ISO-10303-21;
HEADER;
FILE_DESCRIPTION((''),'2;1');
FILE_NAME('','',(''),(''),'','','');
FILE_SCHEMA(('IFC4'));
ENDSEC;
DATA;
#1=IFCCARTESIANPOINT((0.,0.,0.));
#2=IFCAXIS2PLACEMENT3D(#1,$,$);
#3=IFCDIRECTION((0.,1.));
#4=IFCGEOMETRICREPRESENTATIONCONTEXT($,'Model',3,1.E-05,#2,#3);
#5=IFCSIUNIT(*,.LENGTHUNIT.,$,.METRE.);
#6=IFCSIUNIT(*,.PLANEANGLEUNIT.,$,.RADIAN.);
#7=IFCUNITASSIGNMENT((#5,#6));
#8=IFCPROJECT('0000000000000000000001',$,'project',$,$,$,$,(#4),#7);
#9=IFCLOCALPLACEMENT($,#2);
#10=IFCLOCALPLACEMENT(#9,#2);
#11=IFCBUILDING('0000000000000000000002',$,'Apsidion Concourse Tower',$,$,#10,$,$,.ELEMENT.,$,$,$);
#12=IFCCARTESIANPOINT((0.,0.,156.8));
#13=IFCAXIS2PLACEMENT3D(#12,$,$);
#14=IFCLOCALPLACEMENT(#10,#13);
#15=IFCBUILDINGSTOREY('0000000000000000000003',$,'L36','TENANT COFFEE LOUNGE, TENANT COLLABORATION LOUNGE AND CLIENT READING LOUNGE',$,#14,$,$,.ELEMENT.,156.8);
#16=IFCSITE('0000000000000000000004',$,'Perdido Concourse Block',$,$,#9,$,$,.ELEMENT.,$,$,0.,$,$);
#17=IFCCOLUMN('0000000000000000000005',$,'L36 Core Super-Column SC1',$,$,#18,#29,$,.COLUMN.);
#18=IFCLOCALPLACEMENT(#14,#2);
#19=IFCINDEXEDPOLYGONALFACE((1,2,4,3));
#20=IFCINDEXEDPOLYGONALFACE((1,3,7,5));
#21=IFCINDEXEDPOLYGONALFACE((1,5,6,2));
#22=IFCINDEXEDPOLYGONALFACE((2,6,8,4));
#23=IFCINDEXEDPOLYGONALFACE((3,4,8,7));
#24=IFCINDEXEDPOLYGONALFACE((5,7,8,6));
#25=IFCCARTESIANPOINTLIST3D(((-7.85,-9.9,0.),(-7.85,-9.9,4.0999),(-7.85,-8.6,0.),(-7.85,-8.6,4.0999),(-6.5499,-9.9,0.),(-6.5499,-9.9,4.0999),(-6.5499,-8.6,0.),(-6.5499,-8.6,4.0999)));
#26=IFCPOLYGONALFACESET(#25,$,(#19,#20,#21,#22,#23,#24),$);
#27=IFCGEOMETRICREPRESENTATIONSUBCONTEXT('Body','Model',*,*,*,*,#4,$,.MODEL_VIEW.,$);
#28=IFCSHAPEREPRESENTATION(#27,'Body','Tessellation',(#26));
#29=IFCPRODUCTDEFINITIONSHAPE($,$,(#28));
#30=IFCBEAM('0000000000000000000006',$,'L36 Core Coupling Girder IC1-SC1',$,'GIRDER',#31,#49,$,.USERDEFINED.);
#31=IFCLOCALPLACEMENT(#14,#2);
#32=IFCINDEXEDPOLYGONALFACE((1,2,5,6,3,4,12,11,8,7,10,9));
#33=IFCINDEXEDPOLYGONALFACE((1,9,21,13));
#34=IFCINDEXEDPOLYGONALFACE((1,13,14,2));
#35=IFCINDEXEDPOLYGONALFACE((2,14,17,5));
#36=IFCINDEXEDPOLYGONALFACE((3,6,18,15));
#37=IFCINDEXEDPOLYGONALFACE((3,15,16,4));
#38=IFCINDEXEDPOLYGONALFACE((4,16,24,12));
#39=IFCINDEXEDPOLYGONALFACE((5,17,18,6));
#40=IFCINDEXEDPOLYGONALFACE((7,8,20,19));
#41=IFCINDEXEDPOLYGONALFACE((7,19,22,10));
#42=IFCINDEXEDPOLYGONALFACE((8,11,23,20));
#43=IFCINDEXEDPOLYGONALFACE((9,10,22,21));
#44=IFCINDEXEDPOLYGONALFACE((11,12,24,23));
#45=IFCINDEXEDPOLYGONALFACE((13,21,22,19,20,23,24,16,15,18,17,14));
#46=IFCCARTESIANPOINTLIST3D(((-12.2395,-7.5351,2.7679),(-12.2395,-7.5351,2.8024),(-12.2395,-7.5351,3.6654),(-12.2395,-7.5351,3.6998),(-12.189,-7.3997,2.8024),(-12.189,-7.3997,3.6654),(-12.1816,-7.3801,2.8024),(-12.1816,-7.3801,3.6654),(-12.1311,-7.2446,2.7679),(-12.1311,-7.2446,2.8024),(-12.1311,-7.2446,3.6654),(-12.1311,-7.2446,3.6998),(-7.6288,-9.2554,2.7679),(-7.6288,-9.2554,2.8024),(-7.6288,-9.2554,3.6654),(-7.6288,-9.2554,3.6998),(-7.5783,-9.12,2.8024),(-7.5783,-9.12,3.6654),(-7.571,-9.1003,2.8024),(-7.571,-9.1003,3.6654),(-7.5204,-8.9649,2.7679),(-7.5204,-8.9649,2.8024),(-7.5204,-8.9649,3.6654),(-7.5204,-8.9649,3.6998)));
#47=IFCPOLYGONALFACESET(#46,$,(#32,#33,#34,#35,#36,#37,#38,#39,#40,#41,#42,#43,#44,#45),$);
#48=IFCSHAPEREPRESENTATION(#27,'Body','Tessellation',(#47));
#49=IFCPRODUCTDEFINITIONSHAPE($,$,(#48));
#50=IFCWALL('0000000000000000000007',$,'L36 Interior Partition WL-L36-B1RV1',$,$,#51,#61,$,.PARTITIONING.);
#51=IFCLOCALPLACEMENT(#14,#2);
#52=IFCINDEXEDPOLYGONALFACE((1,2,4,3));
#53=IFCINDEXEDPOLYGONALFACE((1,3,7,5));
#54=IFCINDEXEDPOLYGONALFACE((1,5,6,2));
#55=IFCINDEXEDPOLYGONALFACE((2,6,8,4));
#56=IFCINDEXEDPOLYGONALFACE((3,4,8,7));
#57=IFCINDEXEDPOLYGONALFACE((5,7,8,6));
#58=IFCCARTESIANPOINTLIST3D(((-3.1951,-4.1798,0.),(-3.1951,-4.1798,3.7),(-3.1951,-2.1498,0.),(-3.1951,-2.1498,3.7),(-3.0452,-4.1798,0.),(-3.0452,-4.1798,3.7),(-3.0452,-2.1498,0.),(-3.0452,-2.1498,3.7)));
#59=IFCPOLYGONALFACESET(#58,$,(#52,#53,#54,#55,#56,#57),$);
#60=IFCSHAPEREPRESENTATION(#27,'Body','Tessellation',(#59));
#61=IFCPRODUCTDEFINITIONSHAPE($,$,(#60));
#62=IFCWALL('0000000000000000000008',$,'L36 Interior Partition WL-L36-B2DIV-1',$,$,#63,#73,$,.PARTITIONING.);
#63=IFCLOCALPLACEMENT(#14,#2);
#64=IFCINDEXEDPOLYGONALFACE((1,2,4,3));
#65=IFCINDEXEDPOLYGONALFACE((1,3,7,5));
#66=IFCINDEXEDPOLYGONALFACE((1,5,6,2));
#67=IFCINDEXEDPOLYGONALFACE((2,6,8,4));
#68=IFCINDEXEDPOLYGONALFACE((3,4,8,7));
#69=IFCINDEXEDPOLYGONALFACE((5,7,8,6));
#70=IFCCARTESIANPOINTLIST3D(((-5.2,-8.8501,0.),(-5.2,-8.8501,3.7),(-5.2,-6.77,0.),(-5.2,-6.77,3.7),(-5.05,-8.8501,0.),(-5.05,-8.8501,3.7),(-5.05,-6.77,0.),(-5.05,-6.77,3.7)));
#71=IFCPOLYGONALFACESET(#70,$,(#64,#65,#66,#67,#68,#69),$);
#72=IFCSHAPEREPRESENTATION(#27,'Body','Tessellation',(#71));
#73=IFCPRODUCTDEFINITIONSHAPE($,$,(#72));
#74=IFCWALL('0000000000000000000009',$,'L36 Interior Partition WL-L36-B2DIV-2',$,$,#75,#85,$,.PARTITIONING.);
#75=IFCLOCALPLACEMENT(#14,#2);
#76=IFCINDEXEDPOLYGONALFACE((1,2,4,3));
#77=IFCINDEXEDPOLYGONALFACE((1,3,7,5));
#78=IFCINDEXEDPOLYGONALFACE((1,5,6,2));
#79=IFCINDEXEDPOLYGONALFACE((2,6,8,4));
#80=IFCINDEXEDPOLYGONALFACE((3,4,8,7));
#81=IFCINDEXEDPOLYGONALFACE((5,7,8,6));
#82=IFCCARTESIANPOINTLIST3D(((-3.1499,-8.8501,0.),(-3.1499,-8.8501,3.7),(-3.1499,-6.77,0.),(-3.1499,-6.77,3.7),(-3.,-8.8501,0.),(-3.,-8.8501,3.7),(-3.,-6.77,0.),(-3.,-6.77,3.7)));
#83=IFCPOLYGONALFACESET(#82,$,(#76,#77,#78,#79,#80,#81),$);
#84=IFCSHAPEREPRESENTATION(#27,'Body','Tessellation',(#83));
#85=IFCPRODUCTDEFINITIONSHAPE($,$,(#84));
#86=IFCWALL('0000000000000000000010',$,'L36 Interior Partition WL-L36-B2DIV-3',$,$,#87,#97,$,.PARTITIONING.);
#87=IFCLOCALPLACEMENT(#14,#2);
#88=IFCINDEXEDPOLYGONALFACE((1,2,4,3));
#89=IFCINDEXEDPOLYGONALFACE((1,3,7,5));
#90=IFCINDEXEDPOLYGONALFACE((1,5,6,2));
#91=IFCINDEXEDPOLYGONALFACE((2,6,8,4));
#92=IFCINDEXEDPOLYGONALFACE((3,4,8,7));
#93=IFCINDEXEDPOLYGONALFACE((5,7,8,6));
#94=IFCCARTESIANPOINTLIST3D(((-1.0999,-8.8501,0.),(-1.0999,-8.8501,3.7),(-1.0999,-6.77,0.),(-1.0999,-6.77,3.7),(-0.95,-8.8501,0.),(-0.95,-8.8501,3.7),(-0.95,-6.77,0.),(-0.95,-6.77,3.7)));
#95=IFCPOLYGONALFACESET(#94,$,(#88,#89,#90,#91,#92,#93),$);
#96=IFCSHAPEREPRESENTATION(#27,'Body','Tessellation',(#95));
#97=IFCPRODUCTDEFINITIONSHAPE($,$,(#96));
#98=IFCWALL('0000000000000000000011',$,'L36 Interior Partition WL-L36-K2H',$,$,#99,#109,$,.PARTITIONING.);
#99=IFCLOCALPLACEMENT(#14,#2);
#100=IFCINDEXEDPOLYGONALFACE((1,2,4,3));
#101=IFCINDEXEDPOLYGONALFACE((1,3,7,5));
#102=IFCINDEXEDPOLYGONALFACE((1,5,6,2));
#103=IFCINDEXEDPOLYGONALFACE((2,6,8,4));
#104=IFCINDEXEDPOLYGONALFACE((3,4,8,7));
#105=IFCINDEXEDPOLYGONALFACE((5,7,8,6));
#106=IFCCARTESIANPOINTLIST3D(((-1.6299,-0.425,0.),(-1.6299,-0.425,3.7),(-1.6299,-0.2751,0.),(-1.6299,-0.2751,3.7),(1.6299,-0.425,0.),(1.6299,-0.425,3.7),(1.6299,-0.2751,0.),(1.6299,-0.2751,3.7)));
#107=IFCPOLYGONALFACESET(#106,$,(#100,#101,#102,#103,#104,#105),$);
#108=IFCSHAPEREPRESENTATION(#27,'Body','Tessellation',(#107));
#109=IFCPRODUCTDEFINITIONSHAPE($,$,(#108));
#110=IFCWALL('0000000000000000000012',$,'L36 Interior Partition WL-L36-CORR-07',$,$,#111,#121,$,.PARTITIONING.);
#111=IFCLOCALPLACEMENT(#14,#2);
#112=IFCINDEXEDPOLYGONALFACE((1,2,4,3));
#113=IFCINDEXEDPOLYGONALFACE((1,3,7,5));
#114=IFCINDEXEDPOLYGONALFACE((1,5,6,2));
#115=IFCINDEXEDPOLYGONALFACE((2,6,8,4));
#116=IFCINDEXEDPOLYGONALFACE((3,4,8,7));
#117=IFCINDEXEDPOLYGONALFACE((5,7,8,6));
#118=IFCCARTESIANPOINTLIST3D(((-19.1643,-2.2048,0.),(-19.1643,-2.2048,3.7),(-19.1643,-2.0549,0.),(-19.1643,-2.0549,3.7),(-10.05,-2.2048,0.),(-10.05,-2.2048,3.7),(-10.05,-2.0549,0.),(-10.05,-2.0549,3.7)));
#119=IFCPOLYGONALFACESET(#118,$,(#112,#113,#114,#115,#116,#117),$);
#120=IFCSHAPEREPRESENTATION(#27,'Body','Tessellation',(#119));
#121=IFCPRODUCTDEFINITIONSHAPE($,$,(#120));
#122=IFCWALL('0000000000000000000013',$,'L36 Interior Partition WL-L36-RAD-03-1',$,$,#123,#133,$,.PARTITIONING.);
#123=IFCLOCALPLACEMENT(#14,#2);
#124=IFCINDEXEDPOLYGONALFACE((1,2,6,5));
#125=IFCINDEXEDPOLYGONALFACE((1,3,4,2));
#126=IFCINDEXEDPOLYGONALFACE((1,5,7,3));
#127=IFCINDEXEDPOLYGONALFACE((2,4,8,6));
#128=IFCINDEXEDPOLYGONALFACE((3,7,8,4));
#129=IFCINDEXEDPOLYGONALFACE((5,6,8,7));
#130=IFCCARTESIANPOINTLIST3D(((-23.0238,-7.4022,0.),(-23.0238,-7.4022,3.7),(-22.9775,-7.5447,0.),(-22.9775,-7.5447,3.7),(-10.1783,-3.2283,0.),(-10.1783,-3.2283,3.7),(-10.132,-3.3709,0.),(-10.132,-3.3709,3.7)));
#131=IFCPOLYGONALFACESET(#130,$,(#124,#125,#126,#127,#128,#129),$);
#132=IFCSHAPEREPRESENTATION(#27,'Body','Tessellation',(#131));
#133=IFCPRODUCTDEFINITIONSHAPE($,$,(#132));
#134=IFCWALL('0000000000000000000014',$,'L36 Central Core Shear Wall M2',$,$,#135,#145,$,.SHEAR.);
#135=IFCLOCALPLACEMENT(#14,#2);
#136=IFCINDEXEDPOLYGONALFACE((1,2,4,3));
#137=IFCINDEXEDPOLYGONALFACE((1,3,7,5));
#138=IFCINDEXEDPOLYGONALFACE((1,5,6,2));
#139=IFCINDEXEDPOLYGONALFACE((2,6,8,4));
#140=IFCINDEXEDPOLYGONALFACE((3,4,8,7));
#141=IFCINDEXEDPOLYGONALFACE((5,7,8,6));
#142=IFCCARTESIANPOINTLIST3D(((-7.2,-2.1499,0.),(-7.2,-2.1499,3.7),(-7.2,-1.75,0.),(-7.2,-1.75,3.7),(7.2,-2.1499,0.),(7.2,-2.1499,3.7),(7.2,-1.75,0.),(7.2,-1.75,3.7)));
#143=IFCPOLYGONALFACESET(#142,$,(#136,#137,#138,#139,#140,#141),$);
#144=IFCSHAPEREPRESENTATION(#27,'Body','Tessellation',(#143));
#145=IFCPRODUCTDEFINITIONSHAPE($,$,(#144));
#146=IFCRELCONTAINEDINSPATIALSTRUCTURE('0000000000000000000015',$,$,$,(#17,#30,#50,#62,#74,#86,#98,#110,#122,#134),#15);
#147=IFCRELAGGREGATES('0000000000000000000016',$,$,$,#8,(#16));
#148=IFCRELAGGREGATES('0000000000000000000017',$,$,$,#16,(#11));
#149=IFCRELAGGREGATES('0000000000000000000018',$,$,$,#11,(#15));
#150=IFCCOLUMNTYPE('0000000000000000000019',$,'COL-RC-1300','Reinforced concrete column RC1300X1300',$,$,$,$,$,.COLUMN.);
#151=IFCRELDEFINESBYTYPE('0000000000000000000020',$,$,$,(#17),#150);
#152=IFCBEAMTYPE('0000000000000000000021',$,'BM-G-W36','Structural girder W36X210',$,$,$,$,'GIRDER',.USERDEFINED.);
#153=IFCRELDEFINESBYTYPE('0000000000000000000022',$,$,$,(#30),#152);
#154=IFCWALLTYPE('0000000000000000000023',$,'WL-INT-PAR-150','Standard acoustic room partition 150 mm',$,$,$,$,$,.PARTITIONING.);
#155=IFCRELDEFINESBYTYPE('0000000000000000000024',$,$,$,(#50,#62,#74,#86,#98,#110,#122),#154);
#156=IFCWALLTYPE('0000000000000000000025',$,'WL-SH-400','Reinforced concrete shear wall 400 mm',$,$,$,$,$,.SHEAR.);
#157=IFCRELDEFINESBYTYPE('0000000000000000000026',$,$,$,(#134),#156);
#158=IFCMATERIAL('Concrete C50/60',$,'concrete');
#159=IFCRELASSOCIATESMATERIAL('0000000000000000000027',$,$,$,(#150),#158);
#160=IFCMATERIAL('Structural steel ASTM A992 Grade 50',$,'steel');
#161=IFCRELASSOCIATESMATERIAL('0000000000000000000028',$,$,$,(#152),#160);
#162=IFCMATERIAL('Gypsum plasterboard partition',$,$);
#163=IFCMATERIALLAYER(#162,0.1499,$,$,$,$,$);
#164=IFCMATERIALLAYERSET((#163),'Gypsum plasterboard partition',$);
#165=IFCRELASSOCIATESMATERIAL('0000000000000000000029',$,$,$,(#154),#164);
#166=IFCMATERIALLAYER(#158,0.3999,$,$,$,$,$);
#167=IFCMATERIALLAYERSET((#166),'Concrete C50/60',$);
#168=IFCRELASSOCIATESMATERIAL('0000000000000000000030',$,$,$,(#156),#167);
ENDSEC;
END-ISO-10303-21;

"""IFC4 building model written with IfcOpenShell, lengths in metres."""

from ifc_helpers import new_model, si_unit, direction, frame, frame_2d, origin, origin_2d, place, context, subcontext, project, spatial, rectangle, i_section, extrude, material, layer, layer_set, material_profile, profile_set, type_object, element, save


model = new_model("IFC4")

# Units and contexts
model_context = context("Model", 3, precision=1e-05, world=origin(), true_north=direction((0.0, 1.0)))
body_context = subcontext(model_context, "Body", "Model", "MODEL_VIEW")
ifc_project = project(units=[si_unit("LENGTHUNIT", "METRE"), si_unit("PLANEANGLEUNIT", "RADIAN")], contexts=[model_context])

# Site, building, storey
site_placement = place(None, origin())
site = spatial("IfcSite", under=ifc_project, at=site_placement, Name="Perdido Concourse Block", CompositionType="ELEMENT", RefElevation=0.0)
building_placement = place(site_placement, origin())
building = spatial("IfcBuilding", under=site, at=building_placement, Name="Apsidion Concourse Tower", CompositionType="ELEMENT")
storey_placement = place(building_placement, frame((0.0, 0.0, 156.8)))
storey = spatial("IfcBuildingStorey", under=building, at=storey_placement, Name="L36", Description="TENANT COFFEE LOUNGE, TENANT COLLABORATION LOUNGE AND CLIENT READING LOUNGE", CompositionType="ELEMENT", Elevation=156.8)

# Column
ifc_material_1 = material(Name="Concrete C50/60", Category="concrete")
ifc_material_profile_1 = material_profile(ifc_material_1, rectangle(XDim=1.3, YDim=1.3, at=origin_2d()), Name="RC 1300x1300")
ifc_profile_set_1 = profile_set([ifc_material_profile_1], Name="Concrete C50/60")
column_type = type_object("IfcColumnType", Name="COL-RC-1300", Description="Reinforced concrete column RC1300X1300", PredefinedType="COLUMN", material=ifc_profile_set_1)
column_placement = place(storey_placement, frame((-7.2, -9.25, 0.0), z_axis=(0.0, 0.0, 1.0), x_axis=(1.0, 0.0, 0.0)))
element("IfcColumn", 1, at=column_placement, inside=storey, type_object=column_type, Name="L36 Core Super-Column SC1", PredefinedType="COLUMN", context=body_context, shape_type="SweptSolid", body=[
    extrude(rectangle(XDim=1.3, YDim=1.3, at=origin_2d()), origin(), (0.0, 0.0, 1.0), 4.0999),
])

# Beam
ifc_material_2 = material(Name="Structural steel ASTM A992 Grade 50", Category="steel")
ifc_material_profile_2 = material_profile(ifc_material_2, i_section(OverallWidth=0.3101, OverallDepth=0.9319, WebThickness=0.021, FlangeThickness=0.0344, at=origin_2d()), Name="W36X210")
ifc_profile_set_2 = profile_set([ifc_material_profile_2], Name="Structural steel ASTM A992 Grade 50")
beam_type = type_object("IfcBeamType", Name="BM-G-W36", Description="Structural girder W36X210", ElementType="GIRDER", PredefinedType="USERDEFINED", material=ifc_profile_set_2)
beam_placement = place(storey_placement, frame((-12.1853, -7.3899, 3.2339), z_axis=(0.936913, -0.349563, 0.0), x_axis=(0.349563, 0.936913, 0.0)))
element("IfcBeam", 2, at=beam_placement, inside=storey, type_object=beam_type, Name="L36 Core Coupling Girder IC1-SC1", ObjectType="GIRDER", PredefinedType="USERDEFINED", context=body_context, shape_type="SweptSolid", body=[
    extrude(i_section(OverallWidth=0.3101, OverallDepth=0.9319, WebThickness=0.021, FlangeThickness=0.0344, at=origin_2d()), origin(), (0.0, 0.0, 1.0), 4.9211),
])

# Walls
ifc_material_3 = material(Name="Gypsum plasterboard partition")
ifc_layer_1 = layer(ifc_material_3, 0.1499)
ifc_layer_set_1 = layer_set([ifc_layer_1], Name="Gypsum plasterboard partition")
wall_type_1 = type_object("IfcWallType", Name="WL-INT-PAR-150", Description="Standard acoustic room partition 150 mm", PredefinedType="PARTITIONING", material=ifc_layer_set_1)
wall_1_placement = place(storey_placement, frame((-3.1201, -4.1799, 0.0), z_axis=(0.0, 0.0, 1.0), x_axis=(0.0, 1.0, 0.0)))
element("IfcWall", 3, at=wall_1_placement, inside=storey, type_object=wall_type_1, Name="L36 Interior Partition WL-L36-B1RV1", PredefinedType="PARTITIONING", context=body_context, shape_type="SweptSolid", body=[
    extrude(rectangle(XDim=2.03, YDim=0.1499, at=frame_2d((1.0151, 0.0))), origin(), (0.0, 0.0, 1.0), 3.7),
])
for number, where, z_axis, x_axis, name in (
    (4, (-5.125, -8.8501, 0.0), (0.0, 0.0, 1.0), (0.0, 1.0, 0.0), "L36 Interior Partition WL-L36-B2DIV-1"),
    (5, (-3.075, -8.8501, 0.0), (0.0, 0.0, 1.0), (0.0, 1.0, 0.0), "L36 Interior Partition WL-L36-B2DIV-2"),
    (6, (-1.0249, -8.8501, 0.0), (0.0, 0.0, 1.0), (0.0, 1.0, 0.0), "L36 Interior Partition WL-L36-B2DIV-3"),
):
    element("IfcWall", number, at=place(storey_placement, frame(where, z_axis=z_axis, x_axis=x_axis)), inside=storey, type_object=wall_type_1, Name=name, PredefinedType="PARTITIONING", context=body_context, shape_type="SweptSolid", body=[
        extrude(rectangle(XDim=2.0801, YDim=0.1499, at=frame_2d((1.04, 0.0))), origin(), (0.0, 0.0, 1.0), 3.7),
    ])
wall_2_placement = place(storey_placement, frame((-1.6299, -0.3501, 0.0), z_axis=(0.0, 0.0, 1.0), x_axis=(1.0, 0.0, 0.0)))
element("IfcWall", 7, at=wall_2_placement, inside=storey, type_object=wall_type_1, Name="L36 Interior Partition WL-L36-K2H", PredefinedType="PARTITIONING", context=body_context, shape_type="SweptSolid", body=[
    extrude(rectangle(XDim=3.2598, YDim=0.1499, at=frame_2d((1.6299, 0.0))), origin(), (0.0, 0.0, 1.0), 3.7),
])
wall_3_placement = place(storey_placement, frame((-10.05, -2.1299, 0.0), z_axis=(0.0, 0.0, 1.0), x_axis=(-1.0, 0.0, 0.0)))
element("IfcWall", 8, at=wall_3_placement, inside=storey, type_object=wall_type_1, Name="L36 Interior Partition WL-L36-CORR-07", PredefinedType="PARTITIONING", context=body_context, shape_type="SweptSolid", body=[
    extrude(rectangle(XDim=9.1143, YDim=0.1499, at=frame_2d((4.5571, 0.0))), origin(), (0.0, 0.0, 1.0), 3.7),
])
wall_4_placement = place(storey_placement, frame((-10.155, -3.2996, 0.0), z_axis=(0.0, 0.0, 1.0), x_axis=(-0.951055, -0.309023, 0.0)))
element("IfcWall", 9, at=wall_4_placement, inside=storey, type_object=wall_type_1, Name="L36 Interior Partition WL-L36-RAD-03-1", PredefinedType="PARTITIONING", context=body_context, shape_type="SweptSolid", body=[
    extrude(rectangle(XDim=13.5066, YDim=0.1499, at=frame_2d((6.7534, 0.0))), origin(), (0.0, 0.0, 1.0), 3.7),
])

# Wall
ifc_layer_2 = layer(ifc_material_1, 0.3999)
ifc_layer_set_2 = layer_set([ifc_layer_2], Name="Concrete C50/60")
wall_type_2 = type_object("IfcWallType", Name="WL-SH-400", Description="Reinforced concrete shear wall 400 mm", PredefinedType="SHEAR", material=ifc_layer_set_2)
wall_5_placement = place(storey_placement, frame((-7.2, -1.95, 0.0), z_axis=(0.0, 0.0, 1.0), x_axis=(1.0, 0.0, 0.0)))
element("IfcWall", 10, at=wall_5_placement, inside=storey, type_object=wall_type_2, Name="L36 Central Core Shear Wall M2", PredefinedType="SHEAR", context=body_context, shape_type="SweptSolid", body=[
    extrude(rectangle(XDim=14.3999, YDim=0.3999, at=frame_2d((7.2, 0.0))), origin(), (0.0, 0.0, 1.0), 3.7),
])

save(model, "model.ifc")
